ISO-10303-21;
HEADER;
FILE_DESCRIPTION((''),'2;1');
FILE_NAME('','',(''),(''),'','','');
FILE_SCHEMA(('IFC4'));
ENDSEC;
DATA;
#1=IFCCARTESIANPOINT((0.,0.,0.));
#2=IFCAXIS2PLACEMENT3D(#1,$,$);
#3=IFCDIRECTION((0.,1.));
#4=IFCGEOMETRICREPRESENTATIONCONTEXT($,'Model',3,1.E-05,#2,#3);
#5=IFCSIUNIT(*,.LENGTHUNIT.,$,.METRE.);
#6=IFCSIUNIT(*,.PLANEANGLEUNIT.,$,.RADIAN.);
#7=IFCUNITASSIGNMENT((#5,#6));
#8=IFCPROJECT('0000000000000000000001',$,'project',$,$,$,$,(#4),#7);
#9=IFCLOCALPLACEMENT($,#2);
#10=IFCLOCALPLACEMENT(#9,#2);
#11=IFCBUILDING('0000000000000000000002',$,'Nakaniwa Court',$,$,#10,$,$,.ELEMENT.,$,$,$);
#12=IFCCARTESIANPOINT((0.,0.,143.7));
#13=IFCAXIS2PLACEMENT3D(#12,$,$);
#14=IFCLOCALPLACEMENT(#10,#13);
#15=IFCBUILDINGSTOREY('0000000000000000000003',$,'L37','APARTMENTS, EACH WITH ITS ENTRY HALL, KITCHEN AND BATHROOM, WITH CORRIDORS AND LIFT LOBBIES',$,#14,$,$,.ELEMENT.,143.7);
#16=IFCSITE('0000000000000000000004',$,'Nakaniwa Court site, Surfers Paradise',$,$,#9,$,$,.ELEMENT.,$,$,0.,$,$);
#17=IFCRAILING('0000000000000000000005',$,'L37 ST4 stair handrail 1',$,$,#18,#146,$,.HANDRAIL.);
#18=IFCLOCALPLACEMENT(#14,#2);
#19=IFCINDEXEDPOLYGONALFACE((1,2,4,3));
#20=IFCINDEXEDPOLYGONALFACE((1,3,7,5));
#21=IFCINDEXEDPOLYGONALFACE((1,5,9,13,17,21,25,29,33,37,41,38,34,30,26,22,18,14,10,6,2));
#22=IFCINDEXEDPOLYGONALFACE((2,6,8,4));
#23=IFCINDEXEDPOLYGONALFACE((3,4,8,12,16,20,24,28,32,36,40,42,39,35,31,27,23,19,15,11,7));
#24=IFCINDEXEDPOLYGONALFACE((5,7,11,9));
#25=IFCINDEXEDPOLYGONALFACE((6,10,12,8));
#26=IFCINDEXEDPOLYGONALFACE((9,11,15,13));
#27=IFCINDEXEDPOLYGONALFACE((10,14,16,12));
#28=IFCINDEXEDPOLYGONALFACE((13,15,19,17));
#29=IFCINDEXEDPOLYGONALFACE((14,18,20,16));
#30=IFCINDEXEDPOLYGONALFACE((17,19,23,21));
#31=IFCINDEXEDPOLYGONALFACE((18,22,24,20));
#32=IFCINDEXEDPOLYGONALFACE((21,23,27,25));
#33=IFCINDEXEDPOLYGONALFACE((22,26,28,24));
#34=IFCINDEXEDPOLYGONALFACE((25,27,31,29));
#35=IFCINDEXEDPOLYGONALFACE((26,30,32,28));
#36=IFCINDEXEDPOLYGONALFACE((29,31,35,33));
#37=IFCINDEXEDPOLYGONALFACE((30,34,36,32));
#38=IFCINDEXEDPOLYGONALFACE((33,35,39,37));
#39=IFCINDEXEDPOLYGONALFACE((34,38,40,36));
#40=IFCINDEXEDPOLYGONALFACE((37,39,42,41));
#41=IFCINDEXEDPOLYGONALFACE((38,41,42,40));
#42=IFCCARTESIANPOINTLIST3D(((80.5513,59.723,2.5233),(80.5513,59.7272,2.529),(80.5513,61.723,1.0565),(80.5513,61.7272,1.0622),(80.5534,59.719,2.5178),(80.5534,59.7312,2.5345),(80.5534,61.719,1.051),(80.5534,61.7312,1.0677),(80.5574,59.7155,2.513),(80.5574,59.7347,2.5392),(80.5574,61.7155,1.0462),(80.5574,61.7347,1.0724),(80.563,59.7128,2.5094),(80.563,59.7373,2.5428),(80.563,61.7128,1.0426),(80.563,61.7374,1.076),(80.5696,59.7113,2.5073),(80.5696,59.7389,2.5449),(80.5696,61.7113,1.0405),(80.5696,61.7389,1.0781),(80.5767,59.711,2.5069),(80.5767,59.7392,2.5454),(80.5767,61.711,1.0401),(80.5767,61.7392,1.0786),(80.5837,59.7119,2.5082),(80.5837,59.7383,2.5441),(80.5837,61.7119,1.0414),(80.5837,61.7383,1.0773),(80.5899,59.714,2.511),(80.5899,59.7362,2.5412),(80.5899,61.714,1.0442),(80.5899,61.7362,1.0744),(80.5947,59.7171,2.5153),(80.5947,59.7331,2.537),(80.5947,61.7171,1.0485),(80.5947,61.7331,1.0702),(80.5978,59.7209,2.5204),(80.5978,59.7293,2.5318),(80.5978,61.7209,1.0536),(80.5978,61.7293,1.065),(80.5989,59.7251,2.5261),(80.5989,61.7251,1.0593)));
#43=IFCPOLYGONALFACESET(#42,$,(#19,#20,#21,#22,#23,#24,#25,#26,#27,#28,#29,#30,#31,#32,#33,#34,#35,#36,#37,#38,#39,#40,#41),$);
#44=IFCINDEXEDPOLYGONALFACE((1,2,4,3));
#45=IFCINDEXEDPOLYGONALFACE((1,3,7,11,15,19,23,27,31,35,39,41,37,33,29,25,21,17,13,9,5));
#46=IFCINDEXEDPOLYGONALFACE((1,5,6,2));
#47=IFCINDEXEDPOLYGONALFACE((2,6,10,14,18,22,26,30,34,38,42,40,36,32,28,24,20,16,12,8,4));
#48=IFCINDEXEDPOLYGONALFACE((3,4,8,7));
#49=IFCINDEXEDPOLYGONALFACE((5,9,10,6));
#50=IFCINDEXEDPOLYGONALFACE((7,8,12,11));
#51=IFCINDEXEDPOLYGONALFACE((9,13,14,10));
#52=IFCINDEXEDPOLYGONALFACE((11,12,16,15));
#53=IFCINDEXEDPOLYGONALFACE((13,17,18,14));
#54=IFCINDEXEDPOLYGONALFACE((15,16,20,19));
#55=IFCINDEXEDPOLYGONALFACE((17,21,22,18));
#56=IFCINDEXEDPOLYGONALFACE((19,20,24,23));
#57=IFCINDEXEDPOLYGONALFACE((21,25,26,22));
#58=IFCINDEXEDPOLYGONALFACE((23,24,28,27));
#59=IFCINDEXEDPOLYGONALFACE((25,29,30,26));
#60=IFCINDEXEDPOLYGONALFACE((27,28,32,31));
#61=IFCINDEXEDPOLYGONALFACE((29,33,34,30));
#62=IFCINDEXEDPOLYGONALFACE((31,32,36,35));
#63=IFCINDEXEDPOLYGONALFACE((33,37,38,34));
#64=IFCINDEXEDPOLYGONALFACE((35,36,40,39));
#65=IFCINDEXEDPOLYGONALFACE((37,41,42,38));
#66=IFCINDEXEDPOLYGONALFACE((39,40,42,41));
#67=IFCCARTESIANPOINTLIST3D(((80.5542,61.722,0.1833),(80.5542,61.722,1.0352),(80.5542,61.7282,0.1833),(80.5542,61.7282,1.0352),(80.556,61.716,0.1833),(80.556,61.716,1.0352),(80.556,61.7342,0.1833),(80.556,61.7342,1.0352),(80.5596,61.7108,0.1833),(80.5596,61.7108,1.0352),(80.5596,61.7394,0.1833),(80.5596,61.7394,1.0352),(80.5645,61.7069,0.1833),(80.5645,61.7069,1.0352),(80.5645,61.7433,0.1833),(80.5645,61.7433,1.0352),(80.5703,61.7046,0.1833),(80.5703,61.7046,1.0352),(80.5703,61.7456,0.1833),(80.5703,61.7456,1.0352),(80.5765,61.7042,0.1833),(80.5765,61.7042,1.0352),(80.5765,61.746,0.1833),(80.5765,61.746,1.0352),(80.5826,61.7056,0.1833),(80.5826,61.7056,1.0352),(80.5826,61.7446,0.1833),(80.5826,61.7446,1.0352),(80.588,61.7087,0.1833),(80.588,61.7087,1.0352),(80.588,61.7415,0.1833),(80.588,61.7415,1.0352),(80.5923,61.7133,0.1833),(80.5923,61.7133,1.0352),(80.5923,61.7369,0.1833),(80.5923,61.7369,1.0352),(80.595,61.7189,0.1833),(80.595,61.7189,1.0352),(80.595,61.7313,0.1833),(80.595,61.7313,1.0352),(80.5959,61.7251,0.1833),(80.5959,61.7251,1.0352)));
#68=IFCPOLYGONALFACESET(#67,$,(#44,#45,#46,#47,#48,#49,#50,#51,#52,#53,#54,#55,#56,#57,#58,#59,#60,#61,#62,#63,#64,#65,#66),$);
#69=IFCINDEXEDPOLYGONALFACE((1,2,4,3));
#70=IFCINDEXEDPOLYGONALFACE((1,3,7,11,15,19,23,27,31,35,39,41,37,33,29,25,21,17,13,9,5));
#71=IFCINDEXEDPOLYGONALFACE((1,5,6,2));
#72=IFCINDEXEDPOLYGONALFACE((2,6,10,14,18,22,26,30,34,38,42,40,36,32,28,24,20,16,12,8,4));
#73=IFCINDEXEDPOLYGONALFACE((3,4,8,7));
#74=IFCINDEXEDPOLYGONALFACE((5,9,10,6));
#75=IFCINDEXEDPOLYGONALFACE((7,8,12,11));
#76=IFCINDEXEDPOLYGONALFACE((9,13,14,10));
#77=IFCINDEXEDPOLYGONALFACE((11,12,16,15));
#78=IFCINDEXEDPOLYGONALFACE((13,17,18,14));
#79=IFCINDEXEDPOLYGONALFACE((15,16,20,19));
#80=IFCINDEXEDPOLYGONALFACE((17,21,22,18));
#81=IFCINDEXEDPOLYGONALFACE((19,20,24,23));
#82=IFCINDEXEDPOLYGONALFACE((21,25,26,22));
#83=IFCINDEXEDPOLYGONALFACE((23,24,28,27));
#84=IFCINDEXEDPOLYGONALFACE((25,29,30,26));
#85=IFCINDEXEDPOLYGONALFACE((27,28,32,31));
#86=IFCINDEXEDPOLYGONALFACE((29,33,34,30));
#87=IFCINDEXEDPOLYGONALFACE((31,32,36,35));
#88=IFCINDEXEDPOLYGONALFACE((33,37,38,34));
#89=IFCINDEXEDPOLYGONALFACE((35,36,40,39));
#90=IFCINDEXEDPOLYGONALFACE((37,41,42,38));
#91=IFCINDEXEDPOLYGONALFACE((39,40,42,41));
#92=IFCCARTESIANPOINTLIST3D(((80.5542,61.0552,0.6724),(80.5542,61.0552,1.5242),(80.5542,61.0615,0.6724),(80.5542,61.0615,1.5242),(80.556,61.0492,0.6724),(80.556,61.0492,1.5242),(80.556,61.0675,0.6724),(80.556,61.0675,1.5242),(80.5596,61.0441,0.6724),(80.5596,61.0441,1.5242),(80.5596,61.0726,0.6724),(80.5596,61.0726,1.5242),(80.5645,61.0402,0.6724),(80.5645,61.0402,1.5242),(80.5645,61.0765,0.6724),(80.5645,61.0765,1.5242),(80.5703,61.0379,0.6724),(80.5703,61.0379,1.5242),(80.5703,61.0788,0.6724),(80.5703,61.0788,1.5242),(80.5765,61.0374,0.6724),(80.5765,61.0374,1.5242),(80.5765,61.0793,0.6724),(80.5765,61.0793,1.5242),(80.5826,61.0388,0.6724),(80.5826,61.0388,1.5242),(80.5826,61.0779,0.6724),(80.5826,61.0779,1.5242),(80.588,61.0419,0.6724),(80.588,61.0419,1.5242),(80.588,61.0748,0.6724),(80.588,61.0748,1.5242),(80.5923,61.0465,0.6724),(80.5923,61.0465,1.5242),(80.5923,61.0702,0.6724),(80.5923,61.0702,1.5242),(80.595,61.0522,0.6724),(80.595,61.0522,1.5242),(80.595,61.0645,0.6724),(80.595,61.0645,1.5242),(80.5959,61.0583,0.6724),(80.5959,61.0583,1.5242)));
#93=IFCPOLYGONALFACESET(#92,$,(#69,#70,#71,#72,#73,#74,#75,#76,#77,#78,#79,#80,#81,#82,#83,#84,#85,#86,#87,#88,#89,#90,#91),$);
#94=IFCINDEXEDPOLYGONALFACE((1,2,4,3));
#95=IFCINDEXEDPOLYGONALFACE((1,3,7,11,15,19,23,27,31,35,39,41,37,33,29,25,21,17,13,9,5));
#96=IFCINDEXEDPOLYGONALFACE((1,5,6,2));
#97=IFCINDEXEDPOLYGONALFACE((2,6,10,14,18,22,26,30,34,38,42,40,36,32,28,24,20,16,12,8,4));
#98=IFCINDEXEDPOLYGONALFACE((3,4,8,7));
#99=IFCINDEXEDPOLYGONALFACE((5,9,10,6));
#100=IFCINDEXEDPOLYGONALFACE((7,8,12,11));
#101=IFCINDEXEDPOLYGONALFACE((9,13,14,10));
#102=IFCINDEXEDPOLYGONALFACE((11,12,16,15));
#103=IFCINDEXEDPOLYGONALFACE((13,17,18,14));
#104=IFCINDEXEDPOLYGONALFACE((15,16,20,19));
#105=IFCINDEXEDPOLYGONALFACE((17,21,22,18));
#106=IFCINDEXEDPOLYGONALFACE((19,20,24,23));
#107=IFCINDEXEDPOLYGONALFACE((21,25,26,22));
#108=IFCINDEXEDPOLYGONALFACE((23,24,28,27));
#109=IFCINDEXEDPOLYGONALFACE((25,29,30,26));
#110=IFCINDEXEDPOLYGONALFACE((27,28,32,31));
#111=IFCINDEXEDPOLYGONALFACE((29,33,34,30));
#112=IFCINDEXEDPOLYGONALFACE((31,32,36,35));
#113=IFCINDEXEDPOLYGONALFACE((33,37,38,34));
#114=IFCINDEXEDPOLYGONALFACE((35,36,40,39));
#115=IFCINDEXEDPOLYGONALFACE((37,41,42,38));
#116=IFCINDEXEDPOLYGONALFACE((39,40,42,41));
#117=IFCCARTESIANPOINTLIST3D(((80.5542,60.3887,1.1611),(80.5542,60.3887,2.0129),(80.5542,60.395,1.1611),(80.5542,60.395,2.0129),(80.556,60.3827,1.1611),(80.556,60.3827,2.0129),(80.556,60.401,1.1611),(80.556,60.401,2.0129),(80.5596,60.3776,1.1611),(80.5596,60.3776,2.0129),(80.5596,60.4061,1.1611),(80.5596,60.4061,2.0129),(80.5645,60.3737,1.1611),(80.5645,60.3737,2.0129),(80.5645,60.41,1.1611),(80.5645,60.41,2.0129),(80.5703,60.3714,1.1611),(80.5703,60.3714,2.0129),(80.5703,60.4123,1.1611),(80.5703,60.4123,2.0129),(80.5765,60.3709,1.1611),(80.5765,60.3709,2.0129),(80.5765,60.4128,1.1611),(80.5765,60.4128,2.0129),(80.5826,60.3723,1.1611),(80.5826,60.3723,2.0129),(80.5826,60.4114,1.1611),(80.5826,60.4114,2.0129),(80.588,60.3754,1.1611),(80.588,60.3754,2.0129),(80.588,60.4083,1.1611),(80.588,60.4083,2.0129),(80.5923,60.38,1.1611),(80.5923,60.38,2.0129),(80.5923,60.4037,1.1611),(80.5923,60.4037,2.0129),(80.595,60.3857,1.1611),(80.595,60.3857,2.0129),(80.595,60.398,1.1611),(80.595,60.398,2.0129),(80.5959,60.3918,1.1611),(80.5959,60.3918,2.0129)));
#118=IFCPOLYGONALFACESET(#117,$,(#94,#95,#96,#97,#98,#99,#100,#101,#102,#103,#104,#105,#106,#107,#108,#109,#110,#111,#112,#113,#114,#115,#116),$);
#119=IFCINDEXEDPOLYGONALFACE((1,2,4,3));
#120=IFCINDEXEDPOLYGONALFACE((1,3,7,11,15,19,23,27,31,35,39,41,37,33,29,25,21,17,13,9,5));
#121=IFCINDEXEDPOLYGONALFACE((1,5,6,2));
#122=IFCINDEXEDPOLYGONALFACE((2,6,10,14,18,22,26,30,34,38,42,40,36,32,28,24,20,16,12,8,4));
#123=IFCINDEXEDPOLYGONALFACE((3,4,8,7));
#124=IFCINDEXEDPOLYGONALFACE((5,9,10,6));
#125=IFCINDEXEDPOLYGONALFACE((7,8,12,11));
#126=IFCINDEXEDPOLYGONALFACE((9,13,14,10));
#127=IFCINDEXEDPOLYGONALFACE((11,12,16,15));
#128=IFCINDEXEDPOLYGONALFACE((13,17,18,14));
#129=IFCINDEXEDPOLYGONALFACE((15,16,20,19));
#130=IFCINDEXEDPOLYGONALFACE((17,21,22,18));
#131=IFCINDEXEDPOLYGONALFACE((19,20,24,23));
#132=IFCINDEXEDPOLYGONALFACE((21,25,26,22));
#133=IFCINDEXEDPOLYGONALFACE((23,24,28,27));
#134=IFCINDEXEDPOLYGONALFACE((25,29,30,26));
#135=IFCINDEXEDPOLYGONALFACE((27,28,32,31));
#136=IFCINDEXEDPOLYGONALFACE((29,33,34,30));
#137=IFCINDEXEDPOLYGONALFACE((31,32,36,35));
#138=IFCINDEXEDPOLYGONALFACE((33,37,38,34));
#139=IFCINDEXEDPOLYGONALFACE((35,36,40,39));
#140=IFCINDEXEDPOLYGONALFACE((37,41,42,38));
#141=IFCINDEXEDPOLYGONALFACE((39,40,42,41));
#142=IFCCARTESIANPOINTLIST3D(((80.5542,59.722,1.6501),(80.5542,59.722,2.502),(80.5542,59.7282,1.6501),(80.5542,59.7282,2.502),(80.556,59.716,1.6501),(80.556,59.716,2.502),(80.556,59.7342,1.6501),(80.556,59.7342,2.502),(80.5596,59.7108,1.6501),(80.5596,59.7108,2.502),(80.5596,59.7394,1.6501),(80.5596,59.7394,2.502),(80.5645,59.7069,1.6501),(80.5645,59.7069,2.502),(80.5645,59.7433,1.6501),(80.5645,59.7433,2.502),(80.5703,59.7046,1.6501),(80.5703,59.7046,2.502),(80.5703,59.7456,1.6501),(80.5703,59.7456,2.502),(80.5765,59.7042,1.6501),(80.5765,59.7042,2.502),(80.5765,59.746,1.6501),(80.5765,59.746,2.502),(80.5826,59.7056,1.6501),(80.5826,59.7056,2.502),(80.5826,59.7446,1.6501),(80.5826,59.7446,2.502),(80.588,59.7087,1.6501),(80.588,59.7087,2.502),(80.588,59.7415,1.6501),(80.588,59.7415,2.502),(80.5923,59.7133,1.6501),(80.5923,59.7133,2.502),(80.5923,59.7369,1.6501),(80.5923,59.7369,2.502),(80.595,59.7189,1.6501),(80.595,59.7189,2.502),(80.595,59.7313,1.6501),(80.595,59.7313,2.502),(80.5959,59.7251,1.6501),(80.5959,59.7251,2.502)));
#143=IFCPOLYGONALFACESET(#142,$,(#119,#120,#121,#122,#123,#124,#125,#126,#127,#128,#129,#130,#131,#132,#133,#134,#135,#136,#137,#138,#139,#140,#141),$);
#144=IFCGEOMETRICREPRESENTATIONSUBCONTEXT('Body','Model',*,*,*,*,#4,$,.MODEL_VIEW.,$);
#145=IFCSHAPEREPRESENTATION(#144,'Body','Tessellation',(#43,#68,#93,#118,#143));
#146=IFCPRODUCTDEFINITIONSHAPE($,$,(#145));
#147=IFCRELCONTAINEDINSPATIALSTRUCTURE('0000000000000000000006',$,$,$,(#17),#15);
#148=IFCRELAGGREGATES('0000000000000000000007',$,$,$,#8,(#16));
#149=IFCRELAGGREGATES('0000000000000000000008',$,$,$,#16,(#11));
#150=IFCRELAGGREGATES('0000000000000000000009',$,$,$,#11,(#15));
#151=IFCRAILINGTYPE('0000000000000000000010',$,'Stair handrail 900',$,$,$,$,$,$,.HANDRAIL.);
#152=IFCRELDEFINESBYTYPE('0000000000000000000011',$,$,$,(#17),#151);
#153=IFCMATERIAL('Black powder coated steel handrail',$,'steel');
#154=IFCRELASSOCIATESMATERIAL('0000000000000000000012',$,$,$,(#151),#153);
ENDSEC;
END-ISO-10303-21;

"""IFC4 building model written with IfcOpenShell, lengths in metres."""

from ifc_helpers import new_model, si_unit, direction, frame, origin, origin_2d, place, context, subcontext, project, spatial, circle, extrude, material, type_object, element, save


model = new_model("IFC4")

# Units and contexts
model_context = context("Model", 3, precision=1e-05, world=origin(), true_north=direction((0.0, 1.0)))
body_context = subcontext(model_context, "Body", "Model", "MODEL_VIEW")
ifc_project = project(units=[si_unit("LENGTHUNIT", "METRE"), si_unit("PLANEANGLEUNIT", "RADIAN")], contexts=[model_context])

# Site, building, storey
site_placement = place(None, origin())
site = spatial("IfcSite", under=ifc_project, at=site_placement, Name="Nakaniwa Court site, Surfers Paradise", CompositionType="ELEMENT", RefElevation=0.0)
building_placement = place(site_placement, origin())
building = spatial("IfcBuilding", under=site, at=building_placement, Name="Nakaniwa Court", CompositionType="ELEMENT")
storey_placement = place(building_placement, frame((0.0, 0.0, 143.7)))
storey = spatial("IfcBuildingStorey", under=building, at=storey_placement, Name="L37", Description="APARTMENTS, EACH WITH ITS ENTRY HALL, KITCHEN AND BATHROOM, WITH CORRIDORS AND LIFT LOBBIES", CompositionType="ELEMENT", Elevation=143.7)

# Railing
ifc_material_1 = material(Name="Black powder coated steel handrail", Category="steel")
railing_type_1 = type_object("IfcRailingType", Name="Stair handrail 900", PredefinedType="HANDRAIL", material=ifc_material_1)
railing_1_placement = place(storey_placement, frame((80.575, 61.7251, 0.1833)))
element("IfcRailing", 1, at=railing_1_placement, inside=storey, type_object=railing_type_1, Name="L37 ST4 stair handrail 1", PredefinedType="HANDRAIL", context=body_context, shape_type="SweptSolid", body=[
    extrude(circle(Radius=0.0239, at=origin_2d()), frame((0.0, 0.0, 0.876), z_axis=(0.0, -0.80638, 0.591398), x_axis=(1.0, 0.0, 0.0)), (0.0, 0.0, 1.0), 2.4802),
    extrude(circle(Radius=0.021, at=origin_2d()), origin(), (0.0, 0.0, 1.0), 0.8518),
    extrude(circle(Radius=0.021, at=origin_2d()), frame((0.0, -0.6667, 0.489)), (0.0, 0.0, 1.0), 0.8518),
    extrude(circle(Radius=0.021, at=origin_2d()), frame((0.0, -1.3333, 0.9778)), (0.0, 0.0, 1.0), 0.8518),
    extrude(circle(Radius=0.021, at=origin_2d()), frame((0.0, -2.0, 1.4668)), (0.0, 0.0, 1.0), 0.8518),
])

save(model, "model.ifc")
